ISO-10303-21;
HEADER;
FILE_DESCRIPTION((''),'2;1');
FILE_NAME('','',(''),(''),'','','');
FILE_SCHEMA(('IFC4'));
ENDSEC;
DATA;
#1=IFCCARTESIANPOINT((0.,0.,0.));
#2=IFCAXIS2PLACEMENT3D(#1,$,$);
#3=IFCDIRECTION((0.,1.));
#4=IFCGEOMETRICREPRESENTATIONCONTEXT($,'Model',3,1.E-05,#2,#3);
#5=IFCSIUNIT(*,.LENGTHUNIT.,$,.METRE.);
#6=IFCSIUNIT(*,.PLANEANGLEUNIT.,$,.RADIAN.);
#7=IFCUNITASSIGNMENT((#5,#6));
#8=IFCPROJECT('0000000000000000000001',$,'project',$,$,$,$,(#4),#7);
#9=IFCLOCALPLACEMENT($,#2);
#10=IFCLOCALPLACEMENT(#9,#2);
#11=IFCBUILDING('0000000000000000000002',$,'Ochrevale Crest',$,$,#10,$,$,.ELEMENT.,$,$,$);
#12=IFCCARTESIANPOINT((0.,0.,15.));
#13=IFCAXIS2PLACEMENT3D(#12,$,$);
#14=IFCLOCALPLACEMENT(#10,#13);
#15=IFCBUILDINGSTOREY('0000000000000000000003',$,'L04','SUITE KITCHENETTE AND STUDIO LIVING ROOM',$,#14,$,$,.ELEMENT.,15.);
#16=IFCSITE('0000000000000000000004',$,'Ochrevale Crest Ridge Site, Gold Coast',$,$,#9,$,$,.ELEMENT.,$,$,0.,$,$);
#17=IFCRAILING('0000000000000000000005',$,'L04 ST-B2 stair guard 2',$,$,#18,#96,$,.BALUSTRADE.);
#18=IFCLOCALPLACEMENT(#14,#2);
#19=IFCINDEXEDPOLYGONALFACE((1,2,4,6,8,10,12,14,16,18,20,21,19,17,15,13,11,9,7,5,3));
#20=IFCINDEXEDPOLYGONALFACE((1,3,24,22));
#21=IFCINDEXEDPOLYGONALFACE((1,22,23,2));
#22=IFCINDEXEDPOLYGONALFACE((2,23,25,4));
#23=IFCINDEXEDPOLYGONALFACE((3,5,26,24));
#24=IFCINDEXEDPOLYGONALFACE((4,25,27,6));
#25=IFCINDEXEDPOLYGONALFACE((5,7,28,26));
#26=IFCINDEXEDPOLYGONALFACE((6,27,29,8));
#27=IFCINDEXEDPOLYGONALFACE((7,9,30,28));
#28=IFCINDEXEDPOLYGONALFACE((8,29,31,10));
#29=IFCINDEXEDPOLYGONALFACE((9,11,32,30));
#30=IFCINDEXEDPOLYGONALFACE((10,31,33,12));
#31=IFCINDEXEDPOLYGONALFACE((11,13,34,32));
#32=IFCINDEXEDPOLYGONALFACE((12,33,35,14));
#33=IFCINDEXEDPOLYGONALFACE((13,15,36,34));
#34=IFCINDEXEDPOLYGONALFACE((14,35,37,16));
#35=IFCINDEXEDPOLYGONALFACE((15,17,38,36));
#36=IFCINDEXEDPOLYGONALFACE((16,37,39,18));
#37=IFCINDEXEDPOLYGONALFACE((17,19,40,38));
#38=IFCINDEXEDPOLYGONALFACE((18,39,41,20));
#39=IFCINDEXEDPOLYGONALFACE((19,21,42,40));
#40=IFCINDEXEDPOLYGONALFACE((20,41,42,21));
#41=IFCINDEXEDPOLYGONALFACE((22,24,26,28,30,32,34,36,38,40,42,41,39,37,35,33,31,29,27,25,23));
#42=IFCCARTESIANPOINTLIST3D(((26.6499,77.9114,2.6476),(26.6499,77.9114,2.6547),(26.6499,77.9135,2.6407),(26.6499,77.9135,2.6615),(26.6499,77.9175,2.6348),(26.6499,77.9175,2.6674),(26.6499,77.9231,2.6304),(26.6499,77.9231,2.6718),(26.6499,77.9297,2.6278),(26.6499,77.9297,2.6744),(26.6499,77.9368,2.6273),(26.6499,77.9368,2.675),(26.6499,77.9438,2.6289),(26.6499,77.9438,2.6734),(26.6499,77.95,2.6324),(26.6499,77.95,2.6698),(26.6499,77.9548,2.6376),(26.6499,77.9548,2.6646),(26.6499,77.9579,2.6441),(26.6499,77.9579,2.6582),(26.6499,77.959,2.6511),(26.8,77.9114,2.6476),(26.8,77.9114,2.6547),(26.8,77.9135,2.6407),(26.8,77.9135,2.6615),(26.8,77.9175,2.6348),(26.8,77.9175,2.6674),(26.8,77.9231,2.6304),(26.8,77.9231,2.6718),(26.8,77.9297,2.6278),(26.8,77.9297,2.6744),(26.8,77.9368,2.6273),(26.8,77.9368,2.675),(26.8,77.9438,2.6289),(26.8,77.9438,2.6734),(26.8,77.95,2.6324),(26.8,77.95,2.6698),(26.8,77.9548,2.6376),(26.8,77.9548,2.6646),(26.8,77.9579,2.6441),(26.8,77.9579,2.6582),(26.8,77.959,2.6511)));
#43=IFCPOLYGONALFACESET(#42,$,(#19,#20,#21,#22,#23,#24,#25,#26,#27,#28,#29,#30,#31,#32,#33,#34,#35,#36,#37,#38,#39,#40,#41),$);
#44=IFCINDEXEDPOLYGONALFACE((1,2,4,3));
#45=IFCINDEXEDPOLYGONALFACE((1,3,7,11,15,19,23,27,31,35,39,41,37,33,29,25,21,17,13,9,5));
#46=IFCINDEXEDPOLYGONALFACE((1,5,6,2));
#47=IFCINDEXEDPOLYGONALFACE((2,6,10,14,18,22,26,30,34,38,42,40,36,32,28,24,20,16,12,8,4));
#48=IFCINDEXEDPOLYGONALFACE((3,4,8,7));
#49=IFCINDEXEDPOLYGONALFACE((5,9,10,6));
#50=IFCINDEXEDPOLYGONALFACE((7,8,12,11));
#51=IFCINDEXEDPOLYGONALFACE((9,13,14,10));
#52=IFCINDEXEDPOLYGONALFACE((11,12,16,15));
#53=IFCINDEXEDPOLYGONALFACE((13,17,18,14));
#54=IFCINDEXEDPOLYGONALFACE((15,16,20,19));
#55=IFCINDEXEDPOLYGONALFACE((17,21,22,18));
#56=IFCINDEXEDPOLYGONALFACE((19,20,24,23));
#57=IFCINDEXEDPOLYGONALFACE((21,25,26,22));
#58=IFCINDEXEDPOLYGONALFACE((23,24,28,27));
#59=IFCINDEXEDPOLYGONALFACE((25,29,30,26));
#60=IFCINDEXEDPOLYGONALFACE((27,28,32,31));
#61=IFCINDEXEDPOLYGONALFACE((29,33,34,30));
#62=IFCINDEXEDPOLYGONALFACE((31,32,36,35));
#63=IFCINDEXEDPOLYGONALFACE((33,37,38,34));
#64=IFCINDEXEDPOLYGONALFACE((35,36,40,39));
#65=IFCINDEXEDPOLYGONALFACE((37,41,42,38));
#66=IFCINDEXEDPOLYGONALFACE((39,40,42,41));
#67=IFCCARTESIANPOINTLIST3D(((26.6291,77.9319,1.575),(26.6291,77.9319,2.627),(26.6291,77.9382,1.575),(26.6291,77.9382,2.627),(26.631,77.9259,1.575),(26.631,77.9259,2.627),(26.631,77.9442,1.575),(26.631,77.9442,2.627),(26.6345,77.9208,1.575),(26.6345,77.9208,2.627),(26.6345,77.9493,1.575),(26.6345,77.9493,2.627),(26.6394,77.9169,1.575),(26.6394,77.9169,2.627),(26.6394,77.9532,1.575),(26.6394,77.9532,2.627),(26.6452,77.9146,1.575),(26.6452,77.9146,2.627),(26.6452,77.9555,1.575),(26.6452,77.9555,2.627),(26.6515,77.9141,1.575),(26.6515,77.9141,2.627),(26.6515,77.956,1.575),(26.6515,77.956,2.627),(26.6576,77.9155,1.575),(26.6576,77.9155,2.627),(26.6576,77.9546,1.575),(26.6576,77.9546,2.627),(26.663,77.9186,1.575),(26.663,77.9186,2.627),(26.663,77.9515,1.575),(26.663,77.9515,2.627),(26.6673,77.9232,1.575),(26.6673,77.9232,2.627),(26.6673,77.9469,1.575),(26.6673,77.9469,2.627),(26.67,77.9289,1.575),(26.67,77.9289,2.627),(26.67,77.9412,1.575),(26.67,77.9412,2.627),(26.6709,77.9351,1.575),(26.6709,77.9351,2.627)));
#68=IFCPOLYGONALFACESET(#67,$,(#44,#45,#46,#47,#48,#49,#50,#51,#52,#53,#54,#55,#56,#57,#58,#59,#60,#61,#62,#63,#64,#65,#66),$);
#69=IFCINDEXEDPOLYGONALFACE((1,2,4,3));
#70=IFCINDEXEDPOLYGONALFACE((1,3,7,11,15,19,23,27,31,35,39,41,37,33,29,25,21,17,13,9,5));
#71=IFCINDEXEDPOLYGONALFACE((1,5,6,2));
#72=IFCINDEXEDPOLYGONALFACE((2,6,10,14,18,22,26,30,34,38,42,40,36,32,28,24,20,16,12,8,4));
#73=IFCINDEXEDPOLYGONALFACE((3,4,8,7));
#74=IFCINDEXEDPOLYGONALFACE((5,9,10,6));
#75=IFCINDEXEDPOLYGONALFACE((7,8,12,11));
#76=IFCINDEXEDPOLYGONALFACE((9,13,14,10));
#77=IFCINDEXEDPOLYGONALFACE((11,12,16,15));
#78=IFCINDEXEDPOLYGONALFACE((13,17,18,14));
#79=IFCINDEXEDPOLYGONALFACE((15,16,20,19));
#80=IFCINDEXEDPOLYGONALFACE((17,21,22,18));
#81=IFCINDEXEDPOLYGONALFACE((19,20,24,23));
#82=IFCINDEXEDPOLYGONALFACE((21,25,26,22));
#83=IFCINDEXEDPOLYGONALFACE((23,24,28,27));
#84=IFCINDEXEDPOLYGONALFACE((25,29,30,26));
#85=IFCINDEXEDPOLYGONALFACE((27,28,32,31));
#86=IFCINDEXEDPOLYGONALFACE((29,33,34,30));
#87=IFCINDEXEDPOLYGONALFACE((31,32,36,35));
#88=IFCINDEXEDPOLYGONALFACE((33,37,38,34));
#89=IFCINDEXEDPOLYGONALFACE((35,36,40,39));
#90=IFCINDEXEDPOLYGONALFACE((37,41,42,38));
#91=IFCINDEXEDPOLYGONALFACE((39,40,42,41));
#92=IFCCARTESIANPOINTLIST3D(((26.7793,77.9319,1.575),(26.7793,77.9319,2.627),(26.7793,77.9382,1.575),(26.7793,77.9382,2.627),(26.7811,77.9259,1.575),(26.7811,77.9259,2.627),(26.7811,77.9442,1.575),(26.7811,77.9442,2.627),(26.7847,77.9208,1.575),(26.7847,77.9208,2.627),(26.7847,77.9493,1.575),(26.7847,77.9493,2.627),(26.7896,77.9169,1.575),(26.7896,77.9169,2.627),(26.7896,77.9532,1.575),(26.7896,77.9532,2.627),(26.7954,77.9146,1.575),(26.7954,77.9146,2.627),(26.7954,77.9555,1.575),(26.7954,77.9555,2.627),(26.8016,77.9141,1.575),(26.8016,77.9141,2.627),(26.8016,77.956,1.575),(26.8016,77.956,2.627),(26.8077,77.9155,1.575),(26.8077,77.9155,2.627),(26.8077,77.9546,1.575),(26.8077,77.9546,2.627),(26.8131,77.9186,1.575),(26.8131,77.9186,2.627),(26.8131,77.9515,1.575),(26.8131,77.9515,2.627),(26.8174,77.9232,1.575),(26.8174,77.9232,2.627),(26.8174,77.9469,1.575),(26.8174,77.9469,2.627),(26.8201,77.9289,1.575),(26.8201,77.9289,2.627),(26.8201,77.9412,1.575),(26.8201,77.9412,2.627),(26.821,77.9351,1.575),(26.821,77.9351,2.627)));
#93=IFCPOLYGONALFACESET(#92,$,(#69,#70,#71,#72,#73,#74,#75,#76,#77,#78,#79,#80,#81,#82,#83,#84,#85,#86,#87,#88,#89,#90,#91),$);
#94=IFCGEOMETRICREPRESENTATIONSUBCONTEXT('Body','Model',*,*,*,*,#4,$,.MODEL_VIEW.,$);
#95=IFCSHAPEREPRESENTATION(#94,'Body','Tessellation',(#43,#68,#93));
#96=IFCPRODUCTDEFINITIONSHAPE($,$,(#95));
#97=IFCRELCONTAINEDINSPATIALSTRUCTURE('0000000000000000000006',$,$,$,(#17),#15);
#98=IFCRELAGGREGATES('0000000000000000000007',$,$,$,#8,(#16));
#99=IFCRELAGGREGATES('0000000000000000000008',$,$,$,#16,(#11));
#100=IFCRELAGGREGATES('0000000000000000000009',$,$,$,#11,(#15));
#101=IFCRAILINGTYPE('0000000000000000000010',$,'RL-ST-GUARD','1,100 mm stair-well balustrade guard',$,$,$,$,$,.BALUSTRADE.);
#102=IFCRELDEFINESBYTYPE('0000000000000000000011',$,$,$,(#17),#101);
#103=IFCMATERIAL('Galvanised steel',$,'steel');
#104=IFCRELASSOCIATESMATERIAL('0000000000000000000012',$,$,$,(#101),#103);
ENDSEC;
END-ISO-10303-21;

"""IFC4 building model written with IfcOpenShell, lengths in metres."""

from ifc_helpers import new_model, si_unit, direction, frame, origin, origin_2d, place, context, subcontext, project, spatial, circle, extrude, material, type_object, element, save


model = new_model("IFC4")

# Units and contexts
model_context = context("Model", 3, precision=1e-05, world=origin(), true_north=direction((0.0, 1.0)))
body_context = subcontext(model_context, "Body", "Model", "MODEL_VIEW")
ifc_project = project(units=[si_unit("LENGTHUNIT", "METRE"), si_unit("PLANEANGLEUNIT", "RADIAN")], contexts=[model_context])

# Site, building, storey
site_placement = place(None, origin())
site = spatial("IfcSite", under=ifc_project, at=site_placement, Name="Ochrevale Crest Ridge Site, Gold Coast", CompositionType="ELEMENT", RefElevation=0.0)
building_placement = place(site_placement, origin())
building = spatial("IfcBuilding", under=site, at=building_placement, Name="Ochrevale Crest", CompositionType="ELEMENT")
storey_placement = place(building_placement, frame((0.0, 0.0, 15.0)))
storey = spatial("IfcBuildingStorey", under=building, at=storey_placement, Name="L04", Description="SUITE KITCHENETTE AND STUDIO LIVING ROOM", CompositionType="ELEMENT", Elevation=15.0)

# Railing
ifc_material_1 = material(Name="Galvanised steel", Category="steel")
railing_type_1 = type_object("IfcRailingType", Name="RL-ST-GUARD", Description="1,100 mm stair-well balustrade guard", PredefinedType="BALUSTRADE", material=ifc_material_1)
railing_1_placement = place(storey_placement, frame((26.6499, 77.9351, 1.575)))
element("IfcRailing", 1, at=railing_1_placement, inside=storey, type_object=railing_type_1, Name="L04 ST-B2 stair guard 2", PredefinedType="BALUSTRADE", context=body_context, shape_type="SweptSolid", body=[
    extrude(circle(Radius=0.0239, at=origin_2d()), frame((0.0, 0.0, 1.0762), z_axis=(1.0, 0.0, 0.0), x_axis=(0.0, 1.0, 0.0)), (0.0, 0.0, 1.0), 0.1501),
    extrude(circle(Radius=0.021, at=origin_2d()), origin(), (0.0, 0.0, 1.0), 1.052),
    extrude(circle(Radius=0.021, at=origin_2d()), frame((0.1501, 0.0, 0.0)), (0.0, 0.0, 1.0), 1.052),
])

save(model, "model.ifc")
